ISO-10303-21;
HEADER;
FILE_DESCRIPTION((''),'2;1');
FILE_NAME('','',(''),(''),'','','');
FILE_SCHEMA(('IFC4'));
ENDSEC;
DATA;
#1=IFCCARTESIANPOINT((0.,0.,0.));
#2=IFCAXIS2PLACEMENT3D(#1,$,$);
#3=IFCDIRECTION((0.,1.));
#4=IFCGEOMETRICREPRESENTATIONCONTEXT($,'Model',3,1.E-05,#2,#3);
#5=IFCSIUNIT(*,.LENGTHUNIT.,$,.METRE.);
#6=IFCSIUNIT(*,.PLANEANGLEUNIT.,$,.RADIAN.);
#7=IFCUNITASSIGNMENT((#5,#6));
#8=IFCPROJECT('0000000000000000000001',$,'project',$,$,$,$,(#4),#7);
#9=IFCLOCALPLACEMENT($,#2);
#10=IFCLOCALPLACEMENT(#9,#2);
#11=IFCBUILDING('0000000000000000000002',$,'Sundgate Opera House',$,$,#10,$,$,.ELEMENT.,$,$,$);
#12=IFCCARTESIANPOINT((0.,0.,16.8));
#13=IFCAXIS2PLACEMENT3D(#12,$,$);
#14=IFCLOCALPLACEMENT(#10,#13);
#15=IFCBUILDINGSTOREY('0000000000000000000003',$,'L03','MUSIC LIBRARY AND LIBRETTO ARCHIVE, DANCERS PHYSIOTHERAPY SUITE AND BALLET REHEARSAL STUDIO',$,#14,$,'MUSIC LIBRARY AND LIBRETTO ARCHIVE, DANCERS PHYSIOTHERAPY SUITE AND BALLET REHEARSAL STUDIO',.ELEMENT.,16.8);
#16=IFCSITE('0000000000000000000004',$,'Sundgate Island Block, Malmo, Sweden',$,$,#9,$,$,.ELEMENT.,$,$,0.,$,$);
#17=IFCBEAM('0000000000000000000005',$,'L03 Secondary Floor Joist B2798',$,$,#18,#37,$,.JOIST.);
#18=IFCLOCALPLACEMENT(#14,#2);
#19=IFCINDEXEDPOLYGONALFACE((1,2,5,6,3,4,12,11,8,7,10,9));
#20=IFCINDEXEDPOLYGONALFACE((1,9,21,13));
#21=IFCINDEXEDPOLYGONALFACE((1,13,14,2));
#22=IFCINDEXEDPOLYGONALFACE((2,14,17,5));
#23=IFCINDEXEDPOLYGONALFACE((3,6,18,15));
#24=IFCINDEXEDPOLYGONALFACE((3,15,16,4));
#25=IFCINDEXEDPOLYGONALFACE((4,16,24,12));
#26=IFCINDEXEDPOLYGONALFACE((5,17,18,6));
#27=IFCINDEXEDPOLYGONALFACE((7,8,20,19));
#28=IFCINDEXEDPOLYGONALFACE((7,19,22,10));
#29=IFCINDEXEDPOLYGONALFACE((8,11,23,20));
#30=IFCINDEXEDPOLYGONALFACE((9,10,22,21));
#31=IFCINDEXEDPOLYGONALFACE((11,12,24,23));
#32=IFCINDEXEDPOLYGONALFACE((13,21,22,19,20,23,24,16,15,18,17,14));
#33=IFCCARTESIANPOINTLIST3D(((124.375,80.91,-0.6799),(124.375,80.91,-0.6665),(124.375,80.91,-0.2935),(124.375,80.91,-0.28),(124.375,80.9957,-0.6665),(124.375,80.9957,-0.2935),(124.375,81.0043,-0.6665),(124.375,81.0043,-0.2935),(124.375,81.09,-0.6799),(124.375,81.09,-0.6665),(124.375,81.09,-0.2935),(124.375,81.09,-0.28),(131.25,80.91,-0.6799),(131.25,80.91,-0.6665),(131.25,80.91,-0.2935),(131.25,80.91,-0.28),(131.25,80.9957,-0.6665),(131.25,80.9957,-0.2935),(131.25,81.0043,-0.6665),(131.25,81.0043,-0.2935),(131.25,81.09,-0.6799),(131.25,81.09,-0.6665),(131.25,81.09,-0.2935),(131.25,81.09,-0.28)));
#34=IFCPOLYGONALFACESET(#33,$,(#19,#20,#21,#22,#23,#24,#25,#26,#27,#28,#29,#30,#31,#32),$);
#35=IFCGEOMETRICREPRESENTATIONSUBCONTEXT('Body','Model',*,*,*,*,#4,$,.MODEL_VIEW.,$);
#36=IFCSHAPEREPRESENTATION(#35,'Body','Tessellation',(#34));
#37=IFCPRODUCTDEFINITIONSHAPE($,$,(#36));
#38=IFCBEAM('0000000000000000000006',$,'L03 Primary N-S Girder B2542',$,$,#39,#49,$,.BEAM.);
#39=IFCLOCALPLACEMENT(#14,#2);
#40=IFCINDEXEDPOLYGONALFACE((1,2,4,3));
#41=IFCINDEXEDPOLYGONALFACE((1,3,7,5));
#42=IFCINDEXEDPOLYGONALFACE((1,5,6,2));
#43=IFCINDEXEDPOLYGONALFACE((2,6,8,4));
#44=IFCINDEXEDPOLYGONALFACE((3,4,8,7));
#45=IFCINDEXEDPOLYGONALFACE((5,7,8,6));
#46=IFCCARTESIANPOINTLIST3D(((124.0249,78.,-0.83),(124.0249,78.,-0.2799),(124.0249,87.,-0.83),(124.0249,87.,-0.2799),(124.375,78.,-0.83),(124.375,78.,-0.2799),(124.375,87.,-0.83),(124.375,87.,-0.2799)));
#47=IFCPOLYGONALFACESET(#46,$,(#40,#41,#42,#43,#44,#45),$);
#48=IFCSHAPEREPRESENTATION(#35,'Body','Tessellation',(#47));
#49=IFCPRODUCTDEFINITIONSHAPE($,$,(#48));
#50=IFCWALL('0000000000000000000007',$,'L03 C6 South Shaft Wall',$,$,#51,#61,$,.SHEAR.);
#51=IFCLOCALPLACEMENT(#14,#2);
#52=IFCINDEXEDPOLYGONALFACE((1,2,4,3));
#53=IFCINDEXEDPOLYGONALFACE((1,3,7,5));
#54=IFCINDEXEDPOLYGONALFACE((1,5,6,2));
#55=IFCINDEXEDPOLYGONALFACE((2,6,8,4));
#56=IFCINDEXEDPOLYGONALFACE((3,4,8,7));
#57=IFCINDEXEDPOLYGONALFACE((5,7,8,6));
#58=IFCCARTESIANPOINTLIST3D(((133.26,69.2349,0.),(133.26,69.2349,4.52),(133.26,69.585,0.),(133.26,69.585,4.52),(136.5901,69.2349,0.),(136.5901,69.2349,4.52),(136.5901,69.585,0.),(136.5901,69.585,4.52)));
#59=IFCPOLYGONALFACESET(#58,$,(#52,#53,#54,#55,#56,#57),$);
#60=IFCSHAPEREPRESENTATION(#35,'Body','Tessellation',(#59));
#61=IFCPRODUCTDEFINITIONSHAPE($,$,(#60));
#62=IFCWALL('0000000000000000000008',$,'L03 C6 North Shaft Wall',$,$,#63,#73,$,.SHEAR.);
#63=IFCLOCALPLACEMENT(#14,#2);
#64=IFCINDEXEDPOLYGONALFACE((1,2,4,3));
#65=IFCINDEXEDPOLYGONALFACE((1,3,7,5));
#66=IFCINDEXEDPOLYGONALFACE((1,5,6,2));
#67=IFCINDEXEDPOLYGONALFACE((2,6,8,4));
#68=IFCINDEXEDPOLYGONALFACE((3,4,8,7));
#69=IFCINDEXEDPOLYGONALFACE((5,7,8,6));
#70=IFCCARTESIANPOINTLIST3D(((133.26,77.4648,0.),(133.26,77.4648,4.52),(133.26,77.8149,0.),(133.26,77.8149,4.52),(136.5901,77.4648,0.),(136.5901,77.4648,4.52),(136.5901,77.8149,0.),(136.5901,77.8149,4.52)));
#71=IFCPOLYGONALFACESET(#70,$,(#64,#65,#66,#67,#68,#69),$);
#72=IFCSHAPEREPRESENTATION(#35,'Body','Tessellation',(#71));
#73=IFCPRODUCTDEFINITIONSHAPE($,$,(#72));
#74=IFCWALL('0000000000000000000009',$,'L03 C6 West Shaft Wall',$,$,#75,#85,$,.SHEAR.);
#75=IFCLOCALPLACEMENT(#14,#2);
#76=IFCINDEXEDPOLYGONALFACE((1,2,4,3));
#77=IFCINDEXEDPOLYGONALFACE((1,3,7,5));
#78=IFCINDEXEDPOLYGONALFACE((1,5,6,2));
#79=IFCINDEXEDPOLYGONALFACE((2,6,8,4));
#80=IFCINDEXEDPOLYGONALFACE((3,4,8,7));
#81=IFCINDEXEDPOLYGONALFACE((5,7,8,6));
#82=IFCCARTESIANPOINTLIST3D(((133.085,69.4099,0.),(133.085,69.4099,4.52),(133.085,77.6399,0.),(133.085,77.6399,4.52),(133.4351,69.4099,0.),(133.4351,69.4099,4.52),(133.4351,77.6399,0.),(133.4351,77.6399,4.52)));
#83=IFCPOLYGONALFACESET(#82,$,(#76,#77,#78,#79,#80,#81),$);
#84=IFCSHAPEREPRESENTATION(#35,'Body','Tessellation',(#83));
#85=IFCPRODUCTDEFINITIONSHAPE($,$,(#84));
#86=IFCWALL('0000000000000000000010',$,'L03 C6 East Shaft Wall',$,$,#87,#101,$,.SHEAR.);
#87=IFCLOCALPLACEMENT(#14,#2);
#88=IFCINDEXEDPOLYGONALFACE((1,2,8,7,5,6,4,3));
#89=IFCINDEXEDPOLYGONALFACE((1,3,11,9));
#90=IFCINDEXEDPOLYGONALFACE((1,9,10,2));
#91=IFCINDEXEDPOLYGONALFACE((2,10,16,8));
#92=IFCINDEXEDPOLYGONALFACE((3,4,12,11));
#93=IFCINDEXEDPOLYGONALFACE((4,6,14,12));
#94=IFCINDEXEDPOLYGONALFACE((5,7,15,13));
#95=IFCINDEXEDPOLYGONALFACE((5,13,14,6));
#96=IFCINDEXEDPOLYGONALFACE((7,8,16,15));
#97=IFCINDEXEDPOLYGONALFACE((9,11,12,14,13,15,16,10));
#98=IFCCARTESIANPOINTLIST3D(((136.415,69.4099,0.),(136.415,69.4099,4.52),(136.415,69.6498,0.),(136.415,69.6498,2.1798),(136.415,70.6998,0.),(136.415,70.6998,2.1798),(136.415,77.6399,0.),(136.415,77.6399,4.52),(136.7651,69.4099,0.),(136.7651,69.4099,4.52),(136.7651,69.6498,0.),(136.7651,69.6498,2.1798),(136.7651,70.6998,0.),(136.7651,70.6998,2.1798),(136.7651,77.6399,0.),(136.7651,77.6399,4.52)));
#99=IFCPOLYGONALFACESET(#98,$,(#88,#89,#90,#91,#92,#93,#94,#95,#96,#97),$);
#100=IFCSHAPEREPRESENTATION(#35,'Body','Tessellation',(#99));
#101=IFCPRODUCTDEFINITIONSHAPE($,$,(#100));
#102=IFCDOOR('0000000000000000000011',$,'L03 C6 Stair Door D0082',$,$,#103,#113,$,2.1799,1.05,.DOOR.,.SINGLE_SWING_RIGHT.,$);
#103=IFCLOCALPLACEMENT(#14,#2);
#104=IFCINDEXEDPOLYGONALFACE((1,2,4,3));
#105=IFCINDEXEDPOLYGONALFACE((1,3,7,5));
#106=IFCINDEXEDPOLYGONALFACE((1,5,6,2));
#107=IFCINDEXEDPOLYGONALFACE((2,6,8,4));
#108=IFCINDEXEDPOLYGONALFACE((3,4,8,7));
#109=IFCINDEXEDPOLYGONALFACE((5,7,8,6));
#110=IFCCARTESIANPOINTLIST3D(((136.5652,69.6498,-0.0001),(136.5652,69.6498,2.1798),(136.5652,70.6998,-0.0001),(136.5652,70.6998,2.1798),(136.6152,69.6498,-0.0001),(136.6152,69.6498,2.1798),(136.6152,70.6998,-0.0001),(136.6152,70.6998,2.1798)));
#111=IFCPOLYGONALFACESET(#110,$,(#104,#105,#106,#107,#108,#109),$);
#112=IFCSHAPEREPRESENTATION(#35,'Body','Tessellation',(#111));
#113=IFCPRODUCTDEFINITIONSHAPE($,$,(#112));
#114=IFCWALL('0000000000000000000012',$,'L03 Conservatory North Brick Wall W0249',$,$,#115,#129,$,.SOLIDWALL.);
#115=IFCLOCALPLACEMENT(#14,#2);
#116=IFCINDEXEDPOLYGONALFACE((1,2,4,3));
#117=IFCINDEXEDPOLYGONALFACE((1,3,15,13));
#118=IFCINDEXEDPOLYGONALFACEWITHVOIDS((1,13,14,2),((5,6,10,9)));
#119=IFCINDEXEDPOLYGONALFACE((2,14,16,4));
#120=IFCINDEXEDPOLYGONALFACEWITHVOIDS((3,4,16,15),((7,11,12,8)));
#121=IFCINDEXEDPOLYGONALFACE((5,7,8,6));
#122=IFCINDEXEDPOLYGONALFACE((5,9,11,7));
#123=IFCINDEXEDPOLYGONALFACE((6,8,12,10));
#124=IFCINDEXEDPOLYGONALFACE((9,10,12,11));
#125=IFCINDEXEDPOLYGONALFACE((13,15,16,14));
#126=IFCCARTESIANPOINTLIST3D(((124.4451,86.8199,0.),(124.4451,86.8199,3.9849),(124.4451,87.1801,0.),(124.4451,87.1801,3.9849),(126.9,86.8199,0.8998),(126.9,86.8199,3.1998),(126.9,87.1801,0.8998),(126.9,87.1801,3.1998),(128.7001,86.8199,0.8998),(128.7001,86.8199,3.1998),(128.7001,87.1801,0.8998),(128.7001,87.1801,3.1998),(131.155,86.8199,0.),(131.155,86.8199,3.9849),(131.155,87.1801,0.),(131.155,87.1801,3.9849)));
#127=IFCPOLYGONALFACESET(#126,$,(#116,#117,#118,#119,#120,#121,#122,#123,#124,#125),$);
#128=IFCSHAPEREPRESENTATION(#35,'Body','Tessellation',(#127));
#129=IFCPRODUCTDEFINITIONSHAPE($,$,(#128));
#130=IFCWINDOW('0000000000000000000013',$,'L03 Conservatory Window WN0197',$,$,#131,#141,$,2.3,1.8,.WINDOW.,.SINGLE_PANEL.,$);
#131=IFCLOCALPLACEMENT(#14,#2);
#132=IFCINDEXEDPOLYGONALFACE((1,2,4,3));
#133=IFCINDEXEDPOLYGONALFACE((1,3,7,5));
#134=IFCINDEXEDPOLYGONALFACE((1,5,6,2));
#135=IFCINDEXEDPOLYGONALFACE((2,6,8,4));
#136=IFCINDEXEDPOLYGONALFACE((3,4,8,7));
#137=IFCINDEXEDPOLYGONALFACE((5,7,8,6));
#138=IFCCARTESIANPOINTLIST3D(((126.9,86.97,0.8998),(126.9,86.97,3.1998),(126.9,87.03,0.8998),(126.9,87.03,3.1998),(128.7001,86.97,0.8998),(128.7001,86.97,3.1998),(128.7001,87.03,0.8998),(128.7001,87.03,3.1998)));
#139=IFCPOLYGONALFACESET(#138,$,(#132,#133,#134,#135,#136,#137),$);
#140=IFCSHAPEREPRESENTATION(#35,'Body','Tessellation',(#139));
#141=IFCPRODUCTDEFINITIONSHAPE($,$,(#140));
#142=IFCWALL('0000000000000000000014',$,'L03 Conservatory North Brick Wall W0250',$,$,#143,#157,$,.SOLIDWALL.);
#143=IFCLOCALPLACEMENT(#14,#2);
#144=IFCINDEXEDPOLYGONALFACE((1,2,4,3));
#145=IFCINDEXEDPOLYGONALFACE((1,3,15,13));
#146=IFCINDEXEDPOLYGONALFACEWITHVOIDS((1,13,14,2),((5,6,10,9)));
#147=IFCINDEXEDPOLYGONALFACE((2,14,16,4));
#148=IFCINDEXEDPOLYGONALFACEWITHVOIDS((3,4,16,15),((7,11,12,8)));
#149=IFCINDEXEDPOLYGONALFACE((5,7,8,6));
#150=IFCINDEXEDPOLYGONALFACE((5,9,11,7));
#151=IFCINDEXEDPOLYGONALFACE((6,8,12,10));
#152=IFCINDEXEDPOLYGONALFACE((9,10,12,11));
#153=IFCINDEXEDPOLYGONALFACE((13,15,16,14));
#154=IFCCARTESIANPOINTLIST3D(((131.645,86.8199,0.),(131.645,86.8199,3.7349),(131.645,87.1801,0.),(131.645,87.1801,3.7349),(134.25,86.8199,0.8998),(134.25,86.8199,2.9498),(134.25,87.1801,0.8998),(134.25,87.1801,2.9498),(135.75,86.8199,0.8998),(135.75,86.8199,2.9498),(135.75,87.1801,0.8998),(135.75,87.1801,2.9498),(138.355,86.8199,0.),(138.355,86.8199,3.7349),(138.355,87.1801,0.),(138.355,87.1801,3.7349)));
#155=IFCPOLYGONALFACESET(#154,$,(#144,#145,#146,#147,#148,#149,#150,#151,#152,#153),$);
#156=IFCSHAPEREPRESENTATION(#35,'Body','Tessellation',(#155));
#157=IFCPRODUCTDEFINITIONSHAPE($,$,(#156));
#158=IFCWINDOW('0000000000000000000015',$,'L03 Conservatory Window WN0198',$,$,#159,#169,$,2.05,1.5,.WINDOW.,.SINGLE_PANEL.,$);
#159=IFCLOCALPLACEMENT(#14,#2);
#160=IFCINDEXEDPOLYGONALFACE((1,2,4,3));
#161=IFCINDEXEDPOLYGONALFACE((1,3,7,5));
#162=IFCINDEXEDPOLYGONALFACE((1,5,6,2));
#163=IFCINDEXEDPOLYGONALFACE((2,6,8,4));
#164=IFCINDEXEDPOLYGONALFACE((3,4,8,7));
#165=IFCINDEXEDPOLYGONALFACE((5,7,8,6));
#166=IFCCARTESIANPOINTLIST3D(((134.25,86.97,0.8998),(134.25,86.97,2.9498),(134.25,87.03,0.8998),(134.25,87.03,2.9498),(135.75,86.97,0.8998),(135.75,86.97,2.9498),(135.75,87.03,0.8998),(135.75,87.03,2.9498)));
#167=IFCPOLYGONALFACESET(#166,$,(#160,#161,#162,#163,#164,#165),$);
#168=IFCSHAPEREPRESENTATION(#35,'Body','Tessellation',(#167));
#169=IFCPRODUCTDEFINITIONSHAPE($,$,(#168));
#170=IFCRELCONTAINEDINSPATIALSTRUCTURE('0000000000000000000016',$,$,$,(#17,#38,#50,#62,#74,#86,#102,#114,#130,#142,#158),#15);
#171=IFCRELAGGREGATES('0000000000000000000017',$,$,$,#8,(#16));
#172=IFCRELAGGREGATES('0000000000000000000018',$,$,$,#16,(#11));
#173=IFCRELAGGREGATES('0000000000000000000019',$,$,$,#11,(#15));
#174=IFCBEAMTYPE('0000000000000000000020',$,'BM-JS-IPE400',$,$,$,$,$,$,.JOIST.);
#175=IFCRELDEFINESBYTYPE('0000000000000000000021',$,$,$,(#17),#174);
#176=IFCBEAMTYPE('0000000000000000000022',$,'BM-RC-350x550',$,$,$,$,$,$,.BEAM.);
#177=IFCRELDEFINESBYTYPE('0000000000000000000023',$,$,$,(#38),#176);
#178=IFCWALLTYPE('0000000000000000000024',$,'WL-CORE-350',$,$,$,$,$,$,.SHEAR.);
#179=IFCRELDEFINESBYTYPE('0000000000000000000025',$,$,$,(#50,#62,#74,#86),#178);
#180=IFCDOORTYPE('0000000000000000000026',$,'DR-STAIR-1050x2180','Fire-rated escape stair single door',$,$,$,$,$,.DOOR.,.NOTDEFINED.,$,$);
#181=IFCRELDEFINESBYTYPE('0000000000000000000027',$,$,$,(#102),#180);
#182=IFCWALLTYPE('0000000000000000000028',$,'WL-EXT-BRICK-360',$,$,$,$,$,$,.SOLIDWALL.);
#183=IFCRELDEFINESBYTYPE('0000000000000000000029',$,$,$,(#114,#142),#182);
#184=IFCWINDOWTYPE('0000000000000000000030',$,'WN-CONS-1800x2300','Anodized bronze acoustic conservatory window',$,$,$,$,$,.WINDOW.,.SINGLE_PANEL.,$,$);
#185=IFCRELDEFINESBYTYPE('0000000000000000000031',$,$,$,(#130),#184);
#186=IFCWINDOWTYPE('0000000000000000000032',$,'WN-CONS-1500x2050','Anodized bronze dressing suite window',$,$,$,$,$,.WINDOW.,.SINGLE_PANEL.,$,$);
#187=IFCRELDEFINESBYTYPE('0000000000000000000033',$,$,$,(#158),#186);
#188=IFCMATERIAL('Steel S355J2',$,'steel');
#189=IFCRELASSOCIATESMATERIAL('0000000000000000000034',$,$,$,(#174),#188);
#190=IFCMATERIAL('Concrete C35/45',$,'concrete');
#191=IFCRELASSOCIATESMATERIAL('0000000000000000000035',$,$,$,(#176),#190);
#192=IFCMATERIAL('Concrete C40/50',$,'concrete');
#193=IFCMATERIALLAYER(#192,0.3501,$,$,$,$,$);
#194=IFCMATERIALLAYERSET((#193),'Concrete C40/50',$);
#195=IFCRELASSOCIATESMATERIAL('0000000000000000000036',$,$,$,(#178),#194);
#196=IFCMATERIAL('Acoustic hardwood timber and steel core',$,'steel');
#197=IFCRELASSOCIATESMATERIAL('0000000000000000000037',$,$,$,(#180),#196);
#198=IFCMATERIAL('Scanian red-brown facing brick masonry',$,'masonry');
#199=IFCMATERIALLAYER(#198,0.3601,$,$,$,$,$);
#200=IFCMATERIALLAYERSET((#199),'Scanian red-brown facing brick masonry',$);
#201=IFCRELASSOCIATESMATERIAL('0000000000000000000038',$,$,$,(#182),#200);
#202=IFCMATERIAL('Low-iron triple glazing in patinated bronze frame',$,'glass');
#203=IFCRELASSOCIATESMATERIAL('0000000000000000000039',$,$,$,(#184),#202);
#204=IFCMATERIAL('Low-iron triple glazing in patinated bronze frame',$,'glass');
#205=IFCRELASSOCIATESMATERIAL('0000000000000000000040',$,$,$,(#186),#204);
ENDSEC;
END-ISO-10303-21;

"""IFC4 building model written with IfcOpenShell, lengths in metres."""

from ifc_helpers import new_model, si_unit, direction, frame, frame_2d, origin, origin_2d, place, context, subcontext, project, spatial, rectangle, i_section, extrude, material, layer, layer_set, material_profile, profile_set, type_object, element, fill, save


model = new_model("IFC4")

# Units and contexts
model_context = context("Model", 3, precision=1e-05, world=origin(), true_north=direction((0.0, 1.0)))
body_context = subcontext(model_context, "Body", "Model", "MODEL_VIEW")
ifc_project = project(units=[si_unit("LENGTHUNIT", "METRE"), si_unit("PLANEANGLEUNIT", "RADIAN")], contexts=[model_context])

# Site, building, storey
site_placement = place(None, origin())
site = spatial("IfcSite", under=ifc_project, at=site_placement, Name="Sundgate Island Block, Malmo, Sweden", CompositionType="ELEMENT", RefElevation=0.0)
building_placement = place(site_placement, origin())
building = spatial("IfcBuilding", under=site, at=building_placement, Name="Sundgate Opera House", CompositionType="ELEMENT")
storey_placement = place(building_placement, frame((0.0, 0.0, 16.8)))
storey = spatial("IfcBuildingStorey", under=building, at=storey_placement, Name="L03", Description="MUSIC LIBRARY AND LIBRETTO ARCHIVE, DANCERS PHYSIOTHERAPY SUITE AND BALLET REHEARSAL STUDIO", LongName="MUSIC LIBRARY AND LIBRETTO ARCHIVE, DANCERS PHYSIOTHERAPY SUITE AND BALLET REHEARSAL STUDIO", CompositionType="ELEMENT", Elevation=16.8)

# Beams
ifc_material_1 = material(Name="Steel S355J2", Category="steel")
ifc_material_profile_1 = material_profile(ifc_material_1, i_section(OverallWidth=0.1799, OverallDepth=0.3999, WebThickness=0.0085, FlangeThickness=0.0134, at=origin_2d()), Name="IPE 400")
ifc_profile_set_1 = profile_set([ifc_material_profile_1], Name="Steel S355J2")
beam_type_1 = type_object("IfcBeamType", Name="BM-JS-IPE400", PredefinedType="JOIST", material=ifc_profile_set_1)
beam_1_placement = place(storey_placement, frame((124.375, 81.0, -0.48), z_axis=(1.0, 0.0, 0.0), x_axis=(0.0, 1.0, 0.0)))
element("IfcBeam", 1, at=beam_1_placement, inside=storey, type_object=beam_type_1, Name="L03 Secondary Floor Joist B2798", PredefinedType="JOIST", context=body_context, shape_type="SweptSolid", body=[
    extrude(i_section(OverallWidth=0.1799, OverallDepth=0.3999, WebThickness=0.0085, FlangeThickness=0.0134, at=origin_2d()), origin(), (0.0, 0.0, 1.0), 6.875),
])
ifc_material_2 = material(Name="Concrete C35/45", Category="concrete")
ifc_material_profile_2 = material_profile(ifc_material_2, rectangle(XDim=0.3501, YDim=0.55, at=origin_2d()), Name="RC 350x550")
ifc_profile_set_2 = profile_set([ifc_material_profile_2], Name="Concrete C35/45")
beam_type_2 = type_object("IfcBeamType", Name="BM-RC-350x550", PredefinedType="BEAM", material=ifc_profile_set_2)
beam_2_placement = place(storey_placement, frame((124.2, 78.0, -0.5549), z_axis=(0.0, 1.0, 0.0), x_axis=(-1.0, 0.0, 0.0)))
element("IfcBeam", 2, at=beam_2_placement, inside=storey, type_object=beam_type_2, Name="L03 Primary N-S Girder B2542", PredefinedType="BEAM", context=body_context, shape_type="SweptSolid", body=[
    extrude(rectangle(XDim=0.3501, YDim=0.55, at=origin_2d()), origin(), (0.0, 0.0, 1.0), 9.0),
])

# Walls
ifc_material_3 = material(Name="Concrete C40/50", Category="concrete")
ifc_layer_1 = layer(ifc_material_3, 0.3501)
ifc_layer_set_1 = layer_set([ifc_layer_1], Name="Concrete C40/50")
wall_type_1 = type_object("IfcWallType", Name="WL-CORE-350", PredefinedType="SHEAR", material=ifc_layer_set_1)
for number, where, z_axis, x_axis, name in (
    (3, (133.26, 69.4099, 0.0), (0.0, 0.0, 1.0), (1.0, 0.0, 0.0), "L03 C6 South Shaft Wall"),
    (4, (133.26, 77.6399, 0.0), (0.0, 0.0, 1.0), (1.0, 0.0, 0.0), "L03 C6 North Shaft Wall"),
):
    element("IfcWall", number, at=place(storey_placement, frame(where, z_axis=z_axis, x_axis=x_axis)), inside=storey, type_object=wall_type_1, Name=name, PredefinedType="SHEAR", context=body_context, shape_type="SweptSolid", body=[
        extrude(rectangle(XDim=3.3301, YDim=0.3501, at=frame_2d((1.665, 0.0))), origin(), (0.0, 0.0, 1.0), 4.52),
    ])
wall_1_placement = place(storey_placement, frame((133.26, 69.4099, 0.0), z_axis=(0.0, 0.0, 1.0), x_axis=(0.0, 1.0, 0.0)))
element("IfcWall", 5, at=wall_1_placement, inside=storey, type_object=wall_type_1, Name="L03 C6 West Shaft Wall", PredefinedType="SHEAR", context=body_context, shape_type="SweptSolid", body=[
    extrude(rectangle(XDim=8.23, YDim=0.3501, at=frame_2d((4.115, 0.0))), origin(), (0.0, 0.0, 1.0), 4.52),
])

# Wall, opening, door
wall_2_placement = place(storey_placement, frame((136.5901, 69.4099, 0.0), z_axis=(0.0, 0.0, 1.0), x_axis=(0.0, 1.0, 0.0)))
wall_2 = element("IfcWall", 6, at=wall_2_placement, inside=storey, type_object=wall_type_1, Name="L03 C6 East Shaft Wall", PredefinedType="SHEAR", context=body_context, shape_type="SweptSolid", body=[
    extrude(rectangle(XDim=8.23, YDim=0.3501, at=frame_2d((4.115, 0.0))), origin(), (0.0, 0.0, 1.0), 4.52),
])
opening_1_placement = place(wall_2_placement, frame((0.24, 0.0, 0.0)))
opening_1 = element("IfcOpeningElement", 7, at=opening_1_placement, cuts=wall_2, PredefinedType="OPENING", context=body_context, shape_type="SweptSolid", body=[
    extrude(rectangle(XDim=1.05, YDim=2.1799, at=frame_2d((0.5249, 1.0898))), frame((0.0, 0.1851, 0.0), z_axis=(0.0, -1.0, 0.0), x_axis=(1.0, 0.0, 0.0)), (0.0, 0.0, 1.0), 0.3701),
])
ifc_material_4 = material(Name="Acoustic hardwood timber and steel core", Category="steel")
door_type_1 = type_object("IfcDoorType", Name="DR-STAIR-1050x2180", Description="Fire-rated escape stair single door", OperationType="NOTDEFINED", PredefinedType="DOOR", material=ifc_material_4)
door_1_placement = place(opening_1_placement, origin())
door_1 = element("IfcDoor", 8, at=door_1_placement, inside=storey, type_object=door_type_1, Name="L03 C6 Stair Door D0082", OperationType="SINGLE_SWING_RIGHT", OverallHeight=2.1799, OverallWidth=1.05, PredefinedType="DOOR", context=body_context, shape_type="SweptSolid", body=[
    extrude(rectangle(XDim=1.05, YDim=2.1799, at=frame_2d((0.5249, 1.0898))), frame((0.0, 0.0249, 0.0), z_axis=(0.0, -1.0, 0.0), x_axis=(1.0, 0.0, 0.0)), (0.0, 0.0, 1.0), 0.05),
])
fill(opening_1, door_1)

# Walls, openings, windows
ifc_material_5 = material(Name="Scanian red-brown facing brick masonry", Category="masonry")
ifc_layer_2 = layer(ifc_material_5, 0.3601)
ifc_layer_set_2 = layer_set([ifc_layer_2], Name="Scanian red-brown facing brick masonry")
wall_type_2 = type_object("IfcWallType", Name="WL-EXT-BRICK-360", PredefinedType="SOLIDWALL", material=ifc_layer_set_2)
wall_3_placement = place(storey_placement, frame((124.4451, 87.0, 0.0), z_axis=(0.0, 0.0, 1.0), x_axis=(1.0, 0.0, 0.0)))
wall_3 = element("IfcWall", 9, at=wall_3_placement, inside=storey, type_object=wall_type_2, Name="L03 Conservatory North Brick Wall W0249", PredefinedType="SOLIDWALL", context=body_context, shape_type="SweptSolid", body=[
    extrude(rectangle(XDim=6.71, YDim=0.3601, at=frame_2d((3.355, 0.0))), origin(), (0.0, 0.0, 1.0), 3.9849),
])
opening_2_placement = place(wall_3_placement, frame((2.4551, 0.0, 0.8999)))
opening_2 = element("IfcOpeningElement", 10, at=opening_2_placement, cuts=wall_3, PredefinedType="OPENING", context=body_context, shape_type="SweptSolid", body=[
    extrude(rectangle(XDim=1.8, YDim=2.3, at=frame_2d((0.8999, 1.1499))), frame((0.0, 0.1899, 0.0), z_axis=(0.0, -1.0, 0.0), x_axis=(1.0, 0.0, 0.0)), (0.0, 0.0, 1.0), 0.3801),
])
ifc_material_6 = material(Name="Low-iron triple glazing in patinated bronze frame", Category="glass")
window_type_1 = type_object("IfcWindowType", Name="WN-CONS-1800x2300", Description="Anodized bronze acoustic conservatory window", PartitioningType="SINGLE_PANEL", PredefinedType="WINDOW", material=ifc_material_6)
window_1_placement = place(opening_2_placement, origin())
window_1 = element("IfcWindow", 11, at=window_1_placement, inside=storey, type_object=window_type_1, Name="L03 Conservatory Window WN0197", OverallHeight=2.3, OverallWidth=1.8, PartitioningType="SINGLE_PANEL", PredefinedType="WINDOW", context=body_context, shape_type="SweptSolid", body=[
    extrude(rectangle(XDim=1.8, YDim=2.3, at=frame_2d((0.8999, 1.1499))), frame((0.0, 0.03, 0.0), z_axis=(0.0, -1.0, 0.0), x_axis=(1.0, 0.0, 0.0)), (0.0, 0.0, 1.0), 0.0601),
])
fill(opening_2, window_1)
wall_4_placement = place(storey_placement, frame((131.645, 87.0, 0.0), z_axis=(0.0, 0.0, 1.0), x_axis=(1.0, 0.0, 0.0)))
wall_4 = element("IfcWall", 12, at=wall_4_placement, inside=storey, type_object=wall_type_2, Name="L03 Conservatory North Brick Wall W0250", PredefinedType="SOLIDWALL", context=body_context, shape_type="SweptSolid", body=[
    extrude(rectangle(XDim=6.71, YDim=0.3601, at=frame_2d((3.355, 0.0))), origin(), (0.0, 0.0, 1.0), 3.7349),
])
opening_3_placement = place(wall_4_placement, frame((2.605, 0.0, 0.8999)))
opening_3 = element("IfcOpeningElement", 13, at=opening_3_placement, cuts=wall_4, PredefinedType="OPENING", context=body_context, shape_type="SweptSolid", body=[
    extrude(rectangle(XDim=1.5, YDim=2.05, at=frame_2d((0.75, 1.0249))), frame((0.0, 0.1899, 0.0), z_axis=(0.0, -1.0, 0.0), x_axis=(1.0, 0.0, 0.0)), (0.0, 0.0, 1.0), 0.3801),
])
ifc_material_7 = material(Name="Low-iron triple glazing in patinated bronze frame", Category="glass")
window_type_2 = type_object("IfcWindowType", Name="WN-CONS-1500x2050", Description="Anodized bronze dressing suite window", PartitioningType="SINGLE_PANEL", PredefinedType="WINDOW", material=ifc_material_7)
window_2_placement = place(opening_3_placement, origin())
window_2 = element("IfcWindow", 14, at=window_2_placement, inside=storey, type_object=window_type_2, Name="L03 Conservatory Window WN0198", OverallHeight=2.05, OverallWidth=1.5, PartitioningType="SINGLE_PANEL", PredefinedType="WINDOW", context=body_context, shape_type="SweptSolid", body=[
    extrude(rectangle(XDim=1.5, YDim=2.05, at=frame_2d((0.75, 1.0249))), frame((0.0, 0.03, 0.0), z_axis=(0.0, -1.0, 0.0), x_axis=(1.0, 0.0, 0.0)), (0.0, 0.0, 1.0), 0.0601),
])
fill(opening_3, window_2)

save(model, "model.ifc")
